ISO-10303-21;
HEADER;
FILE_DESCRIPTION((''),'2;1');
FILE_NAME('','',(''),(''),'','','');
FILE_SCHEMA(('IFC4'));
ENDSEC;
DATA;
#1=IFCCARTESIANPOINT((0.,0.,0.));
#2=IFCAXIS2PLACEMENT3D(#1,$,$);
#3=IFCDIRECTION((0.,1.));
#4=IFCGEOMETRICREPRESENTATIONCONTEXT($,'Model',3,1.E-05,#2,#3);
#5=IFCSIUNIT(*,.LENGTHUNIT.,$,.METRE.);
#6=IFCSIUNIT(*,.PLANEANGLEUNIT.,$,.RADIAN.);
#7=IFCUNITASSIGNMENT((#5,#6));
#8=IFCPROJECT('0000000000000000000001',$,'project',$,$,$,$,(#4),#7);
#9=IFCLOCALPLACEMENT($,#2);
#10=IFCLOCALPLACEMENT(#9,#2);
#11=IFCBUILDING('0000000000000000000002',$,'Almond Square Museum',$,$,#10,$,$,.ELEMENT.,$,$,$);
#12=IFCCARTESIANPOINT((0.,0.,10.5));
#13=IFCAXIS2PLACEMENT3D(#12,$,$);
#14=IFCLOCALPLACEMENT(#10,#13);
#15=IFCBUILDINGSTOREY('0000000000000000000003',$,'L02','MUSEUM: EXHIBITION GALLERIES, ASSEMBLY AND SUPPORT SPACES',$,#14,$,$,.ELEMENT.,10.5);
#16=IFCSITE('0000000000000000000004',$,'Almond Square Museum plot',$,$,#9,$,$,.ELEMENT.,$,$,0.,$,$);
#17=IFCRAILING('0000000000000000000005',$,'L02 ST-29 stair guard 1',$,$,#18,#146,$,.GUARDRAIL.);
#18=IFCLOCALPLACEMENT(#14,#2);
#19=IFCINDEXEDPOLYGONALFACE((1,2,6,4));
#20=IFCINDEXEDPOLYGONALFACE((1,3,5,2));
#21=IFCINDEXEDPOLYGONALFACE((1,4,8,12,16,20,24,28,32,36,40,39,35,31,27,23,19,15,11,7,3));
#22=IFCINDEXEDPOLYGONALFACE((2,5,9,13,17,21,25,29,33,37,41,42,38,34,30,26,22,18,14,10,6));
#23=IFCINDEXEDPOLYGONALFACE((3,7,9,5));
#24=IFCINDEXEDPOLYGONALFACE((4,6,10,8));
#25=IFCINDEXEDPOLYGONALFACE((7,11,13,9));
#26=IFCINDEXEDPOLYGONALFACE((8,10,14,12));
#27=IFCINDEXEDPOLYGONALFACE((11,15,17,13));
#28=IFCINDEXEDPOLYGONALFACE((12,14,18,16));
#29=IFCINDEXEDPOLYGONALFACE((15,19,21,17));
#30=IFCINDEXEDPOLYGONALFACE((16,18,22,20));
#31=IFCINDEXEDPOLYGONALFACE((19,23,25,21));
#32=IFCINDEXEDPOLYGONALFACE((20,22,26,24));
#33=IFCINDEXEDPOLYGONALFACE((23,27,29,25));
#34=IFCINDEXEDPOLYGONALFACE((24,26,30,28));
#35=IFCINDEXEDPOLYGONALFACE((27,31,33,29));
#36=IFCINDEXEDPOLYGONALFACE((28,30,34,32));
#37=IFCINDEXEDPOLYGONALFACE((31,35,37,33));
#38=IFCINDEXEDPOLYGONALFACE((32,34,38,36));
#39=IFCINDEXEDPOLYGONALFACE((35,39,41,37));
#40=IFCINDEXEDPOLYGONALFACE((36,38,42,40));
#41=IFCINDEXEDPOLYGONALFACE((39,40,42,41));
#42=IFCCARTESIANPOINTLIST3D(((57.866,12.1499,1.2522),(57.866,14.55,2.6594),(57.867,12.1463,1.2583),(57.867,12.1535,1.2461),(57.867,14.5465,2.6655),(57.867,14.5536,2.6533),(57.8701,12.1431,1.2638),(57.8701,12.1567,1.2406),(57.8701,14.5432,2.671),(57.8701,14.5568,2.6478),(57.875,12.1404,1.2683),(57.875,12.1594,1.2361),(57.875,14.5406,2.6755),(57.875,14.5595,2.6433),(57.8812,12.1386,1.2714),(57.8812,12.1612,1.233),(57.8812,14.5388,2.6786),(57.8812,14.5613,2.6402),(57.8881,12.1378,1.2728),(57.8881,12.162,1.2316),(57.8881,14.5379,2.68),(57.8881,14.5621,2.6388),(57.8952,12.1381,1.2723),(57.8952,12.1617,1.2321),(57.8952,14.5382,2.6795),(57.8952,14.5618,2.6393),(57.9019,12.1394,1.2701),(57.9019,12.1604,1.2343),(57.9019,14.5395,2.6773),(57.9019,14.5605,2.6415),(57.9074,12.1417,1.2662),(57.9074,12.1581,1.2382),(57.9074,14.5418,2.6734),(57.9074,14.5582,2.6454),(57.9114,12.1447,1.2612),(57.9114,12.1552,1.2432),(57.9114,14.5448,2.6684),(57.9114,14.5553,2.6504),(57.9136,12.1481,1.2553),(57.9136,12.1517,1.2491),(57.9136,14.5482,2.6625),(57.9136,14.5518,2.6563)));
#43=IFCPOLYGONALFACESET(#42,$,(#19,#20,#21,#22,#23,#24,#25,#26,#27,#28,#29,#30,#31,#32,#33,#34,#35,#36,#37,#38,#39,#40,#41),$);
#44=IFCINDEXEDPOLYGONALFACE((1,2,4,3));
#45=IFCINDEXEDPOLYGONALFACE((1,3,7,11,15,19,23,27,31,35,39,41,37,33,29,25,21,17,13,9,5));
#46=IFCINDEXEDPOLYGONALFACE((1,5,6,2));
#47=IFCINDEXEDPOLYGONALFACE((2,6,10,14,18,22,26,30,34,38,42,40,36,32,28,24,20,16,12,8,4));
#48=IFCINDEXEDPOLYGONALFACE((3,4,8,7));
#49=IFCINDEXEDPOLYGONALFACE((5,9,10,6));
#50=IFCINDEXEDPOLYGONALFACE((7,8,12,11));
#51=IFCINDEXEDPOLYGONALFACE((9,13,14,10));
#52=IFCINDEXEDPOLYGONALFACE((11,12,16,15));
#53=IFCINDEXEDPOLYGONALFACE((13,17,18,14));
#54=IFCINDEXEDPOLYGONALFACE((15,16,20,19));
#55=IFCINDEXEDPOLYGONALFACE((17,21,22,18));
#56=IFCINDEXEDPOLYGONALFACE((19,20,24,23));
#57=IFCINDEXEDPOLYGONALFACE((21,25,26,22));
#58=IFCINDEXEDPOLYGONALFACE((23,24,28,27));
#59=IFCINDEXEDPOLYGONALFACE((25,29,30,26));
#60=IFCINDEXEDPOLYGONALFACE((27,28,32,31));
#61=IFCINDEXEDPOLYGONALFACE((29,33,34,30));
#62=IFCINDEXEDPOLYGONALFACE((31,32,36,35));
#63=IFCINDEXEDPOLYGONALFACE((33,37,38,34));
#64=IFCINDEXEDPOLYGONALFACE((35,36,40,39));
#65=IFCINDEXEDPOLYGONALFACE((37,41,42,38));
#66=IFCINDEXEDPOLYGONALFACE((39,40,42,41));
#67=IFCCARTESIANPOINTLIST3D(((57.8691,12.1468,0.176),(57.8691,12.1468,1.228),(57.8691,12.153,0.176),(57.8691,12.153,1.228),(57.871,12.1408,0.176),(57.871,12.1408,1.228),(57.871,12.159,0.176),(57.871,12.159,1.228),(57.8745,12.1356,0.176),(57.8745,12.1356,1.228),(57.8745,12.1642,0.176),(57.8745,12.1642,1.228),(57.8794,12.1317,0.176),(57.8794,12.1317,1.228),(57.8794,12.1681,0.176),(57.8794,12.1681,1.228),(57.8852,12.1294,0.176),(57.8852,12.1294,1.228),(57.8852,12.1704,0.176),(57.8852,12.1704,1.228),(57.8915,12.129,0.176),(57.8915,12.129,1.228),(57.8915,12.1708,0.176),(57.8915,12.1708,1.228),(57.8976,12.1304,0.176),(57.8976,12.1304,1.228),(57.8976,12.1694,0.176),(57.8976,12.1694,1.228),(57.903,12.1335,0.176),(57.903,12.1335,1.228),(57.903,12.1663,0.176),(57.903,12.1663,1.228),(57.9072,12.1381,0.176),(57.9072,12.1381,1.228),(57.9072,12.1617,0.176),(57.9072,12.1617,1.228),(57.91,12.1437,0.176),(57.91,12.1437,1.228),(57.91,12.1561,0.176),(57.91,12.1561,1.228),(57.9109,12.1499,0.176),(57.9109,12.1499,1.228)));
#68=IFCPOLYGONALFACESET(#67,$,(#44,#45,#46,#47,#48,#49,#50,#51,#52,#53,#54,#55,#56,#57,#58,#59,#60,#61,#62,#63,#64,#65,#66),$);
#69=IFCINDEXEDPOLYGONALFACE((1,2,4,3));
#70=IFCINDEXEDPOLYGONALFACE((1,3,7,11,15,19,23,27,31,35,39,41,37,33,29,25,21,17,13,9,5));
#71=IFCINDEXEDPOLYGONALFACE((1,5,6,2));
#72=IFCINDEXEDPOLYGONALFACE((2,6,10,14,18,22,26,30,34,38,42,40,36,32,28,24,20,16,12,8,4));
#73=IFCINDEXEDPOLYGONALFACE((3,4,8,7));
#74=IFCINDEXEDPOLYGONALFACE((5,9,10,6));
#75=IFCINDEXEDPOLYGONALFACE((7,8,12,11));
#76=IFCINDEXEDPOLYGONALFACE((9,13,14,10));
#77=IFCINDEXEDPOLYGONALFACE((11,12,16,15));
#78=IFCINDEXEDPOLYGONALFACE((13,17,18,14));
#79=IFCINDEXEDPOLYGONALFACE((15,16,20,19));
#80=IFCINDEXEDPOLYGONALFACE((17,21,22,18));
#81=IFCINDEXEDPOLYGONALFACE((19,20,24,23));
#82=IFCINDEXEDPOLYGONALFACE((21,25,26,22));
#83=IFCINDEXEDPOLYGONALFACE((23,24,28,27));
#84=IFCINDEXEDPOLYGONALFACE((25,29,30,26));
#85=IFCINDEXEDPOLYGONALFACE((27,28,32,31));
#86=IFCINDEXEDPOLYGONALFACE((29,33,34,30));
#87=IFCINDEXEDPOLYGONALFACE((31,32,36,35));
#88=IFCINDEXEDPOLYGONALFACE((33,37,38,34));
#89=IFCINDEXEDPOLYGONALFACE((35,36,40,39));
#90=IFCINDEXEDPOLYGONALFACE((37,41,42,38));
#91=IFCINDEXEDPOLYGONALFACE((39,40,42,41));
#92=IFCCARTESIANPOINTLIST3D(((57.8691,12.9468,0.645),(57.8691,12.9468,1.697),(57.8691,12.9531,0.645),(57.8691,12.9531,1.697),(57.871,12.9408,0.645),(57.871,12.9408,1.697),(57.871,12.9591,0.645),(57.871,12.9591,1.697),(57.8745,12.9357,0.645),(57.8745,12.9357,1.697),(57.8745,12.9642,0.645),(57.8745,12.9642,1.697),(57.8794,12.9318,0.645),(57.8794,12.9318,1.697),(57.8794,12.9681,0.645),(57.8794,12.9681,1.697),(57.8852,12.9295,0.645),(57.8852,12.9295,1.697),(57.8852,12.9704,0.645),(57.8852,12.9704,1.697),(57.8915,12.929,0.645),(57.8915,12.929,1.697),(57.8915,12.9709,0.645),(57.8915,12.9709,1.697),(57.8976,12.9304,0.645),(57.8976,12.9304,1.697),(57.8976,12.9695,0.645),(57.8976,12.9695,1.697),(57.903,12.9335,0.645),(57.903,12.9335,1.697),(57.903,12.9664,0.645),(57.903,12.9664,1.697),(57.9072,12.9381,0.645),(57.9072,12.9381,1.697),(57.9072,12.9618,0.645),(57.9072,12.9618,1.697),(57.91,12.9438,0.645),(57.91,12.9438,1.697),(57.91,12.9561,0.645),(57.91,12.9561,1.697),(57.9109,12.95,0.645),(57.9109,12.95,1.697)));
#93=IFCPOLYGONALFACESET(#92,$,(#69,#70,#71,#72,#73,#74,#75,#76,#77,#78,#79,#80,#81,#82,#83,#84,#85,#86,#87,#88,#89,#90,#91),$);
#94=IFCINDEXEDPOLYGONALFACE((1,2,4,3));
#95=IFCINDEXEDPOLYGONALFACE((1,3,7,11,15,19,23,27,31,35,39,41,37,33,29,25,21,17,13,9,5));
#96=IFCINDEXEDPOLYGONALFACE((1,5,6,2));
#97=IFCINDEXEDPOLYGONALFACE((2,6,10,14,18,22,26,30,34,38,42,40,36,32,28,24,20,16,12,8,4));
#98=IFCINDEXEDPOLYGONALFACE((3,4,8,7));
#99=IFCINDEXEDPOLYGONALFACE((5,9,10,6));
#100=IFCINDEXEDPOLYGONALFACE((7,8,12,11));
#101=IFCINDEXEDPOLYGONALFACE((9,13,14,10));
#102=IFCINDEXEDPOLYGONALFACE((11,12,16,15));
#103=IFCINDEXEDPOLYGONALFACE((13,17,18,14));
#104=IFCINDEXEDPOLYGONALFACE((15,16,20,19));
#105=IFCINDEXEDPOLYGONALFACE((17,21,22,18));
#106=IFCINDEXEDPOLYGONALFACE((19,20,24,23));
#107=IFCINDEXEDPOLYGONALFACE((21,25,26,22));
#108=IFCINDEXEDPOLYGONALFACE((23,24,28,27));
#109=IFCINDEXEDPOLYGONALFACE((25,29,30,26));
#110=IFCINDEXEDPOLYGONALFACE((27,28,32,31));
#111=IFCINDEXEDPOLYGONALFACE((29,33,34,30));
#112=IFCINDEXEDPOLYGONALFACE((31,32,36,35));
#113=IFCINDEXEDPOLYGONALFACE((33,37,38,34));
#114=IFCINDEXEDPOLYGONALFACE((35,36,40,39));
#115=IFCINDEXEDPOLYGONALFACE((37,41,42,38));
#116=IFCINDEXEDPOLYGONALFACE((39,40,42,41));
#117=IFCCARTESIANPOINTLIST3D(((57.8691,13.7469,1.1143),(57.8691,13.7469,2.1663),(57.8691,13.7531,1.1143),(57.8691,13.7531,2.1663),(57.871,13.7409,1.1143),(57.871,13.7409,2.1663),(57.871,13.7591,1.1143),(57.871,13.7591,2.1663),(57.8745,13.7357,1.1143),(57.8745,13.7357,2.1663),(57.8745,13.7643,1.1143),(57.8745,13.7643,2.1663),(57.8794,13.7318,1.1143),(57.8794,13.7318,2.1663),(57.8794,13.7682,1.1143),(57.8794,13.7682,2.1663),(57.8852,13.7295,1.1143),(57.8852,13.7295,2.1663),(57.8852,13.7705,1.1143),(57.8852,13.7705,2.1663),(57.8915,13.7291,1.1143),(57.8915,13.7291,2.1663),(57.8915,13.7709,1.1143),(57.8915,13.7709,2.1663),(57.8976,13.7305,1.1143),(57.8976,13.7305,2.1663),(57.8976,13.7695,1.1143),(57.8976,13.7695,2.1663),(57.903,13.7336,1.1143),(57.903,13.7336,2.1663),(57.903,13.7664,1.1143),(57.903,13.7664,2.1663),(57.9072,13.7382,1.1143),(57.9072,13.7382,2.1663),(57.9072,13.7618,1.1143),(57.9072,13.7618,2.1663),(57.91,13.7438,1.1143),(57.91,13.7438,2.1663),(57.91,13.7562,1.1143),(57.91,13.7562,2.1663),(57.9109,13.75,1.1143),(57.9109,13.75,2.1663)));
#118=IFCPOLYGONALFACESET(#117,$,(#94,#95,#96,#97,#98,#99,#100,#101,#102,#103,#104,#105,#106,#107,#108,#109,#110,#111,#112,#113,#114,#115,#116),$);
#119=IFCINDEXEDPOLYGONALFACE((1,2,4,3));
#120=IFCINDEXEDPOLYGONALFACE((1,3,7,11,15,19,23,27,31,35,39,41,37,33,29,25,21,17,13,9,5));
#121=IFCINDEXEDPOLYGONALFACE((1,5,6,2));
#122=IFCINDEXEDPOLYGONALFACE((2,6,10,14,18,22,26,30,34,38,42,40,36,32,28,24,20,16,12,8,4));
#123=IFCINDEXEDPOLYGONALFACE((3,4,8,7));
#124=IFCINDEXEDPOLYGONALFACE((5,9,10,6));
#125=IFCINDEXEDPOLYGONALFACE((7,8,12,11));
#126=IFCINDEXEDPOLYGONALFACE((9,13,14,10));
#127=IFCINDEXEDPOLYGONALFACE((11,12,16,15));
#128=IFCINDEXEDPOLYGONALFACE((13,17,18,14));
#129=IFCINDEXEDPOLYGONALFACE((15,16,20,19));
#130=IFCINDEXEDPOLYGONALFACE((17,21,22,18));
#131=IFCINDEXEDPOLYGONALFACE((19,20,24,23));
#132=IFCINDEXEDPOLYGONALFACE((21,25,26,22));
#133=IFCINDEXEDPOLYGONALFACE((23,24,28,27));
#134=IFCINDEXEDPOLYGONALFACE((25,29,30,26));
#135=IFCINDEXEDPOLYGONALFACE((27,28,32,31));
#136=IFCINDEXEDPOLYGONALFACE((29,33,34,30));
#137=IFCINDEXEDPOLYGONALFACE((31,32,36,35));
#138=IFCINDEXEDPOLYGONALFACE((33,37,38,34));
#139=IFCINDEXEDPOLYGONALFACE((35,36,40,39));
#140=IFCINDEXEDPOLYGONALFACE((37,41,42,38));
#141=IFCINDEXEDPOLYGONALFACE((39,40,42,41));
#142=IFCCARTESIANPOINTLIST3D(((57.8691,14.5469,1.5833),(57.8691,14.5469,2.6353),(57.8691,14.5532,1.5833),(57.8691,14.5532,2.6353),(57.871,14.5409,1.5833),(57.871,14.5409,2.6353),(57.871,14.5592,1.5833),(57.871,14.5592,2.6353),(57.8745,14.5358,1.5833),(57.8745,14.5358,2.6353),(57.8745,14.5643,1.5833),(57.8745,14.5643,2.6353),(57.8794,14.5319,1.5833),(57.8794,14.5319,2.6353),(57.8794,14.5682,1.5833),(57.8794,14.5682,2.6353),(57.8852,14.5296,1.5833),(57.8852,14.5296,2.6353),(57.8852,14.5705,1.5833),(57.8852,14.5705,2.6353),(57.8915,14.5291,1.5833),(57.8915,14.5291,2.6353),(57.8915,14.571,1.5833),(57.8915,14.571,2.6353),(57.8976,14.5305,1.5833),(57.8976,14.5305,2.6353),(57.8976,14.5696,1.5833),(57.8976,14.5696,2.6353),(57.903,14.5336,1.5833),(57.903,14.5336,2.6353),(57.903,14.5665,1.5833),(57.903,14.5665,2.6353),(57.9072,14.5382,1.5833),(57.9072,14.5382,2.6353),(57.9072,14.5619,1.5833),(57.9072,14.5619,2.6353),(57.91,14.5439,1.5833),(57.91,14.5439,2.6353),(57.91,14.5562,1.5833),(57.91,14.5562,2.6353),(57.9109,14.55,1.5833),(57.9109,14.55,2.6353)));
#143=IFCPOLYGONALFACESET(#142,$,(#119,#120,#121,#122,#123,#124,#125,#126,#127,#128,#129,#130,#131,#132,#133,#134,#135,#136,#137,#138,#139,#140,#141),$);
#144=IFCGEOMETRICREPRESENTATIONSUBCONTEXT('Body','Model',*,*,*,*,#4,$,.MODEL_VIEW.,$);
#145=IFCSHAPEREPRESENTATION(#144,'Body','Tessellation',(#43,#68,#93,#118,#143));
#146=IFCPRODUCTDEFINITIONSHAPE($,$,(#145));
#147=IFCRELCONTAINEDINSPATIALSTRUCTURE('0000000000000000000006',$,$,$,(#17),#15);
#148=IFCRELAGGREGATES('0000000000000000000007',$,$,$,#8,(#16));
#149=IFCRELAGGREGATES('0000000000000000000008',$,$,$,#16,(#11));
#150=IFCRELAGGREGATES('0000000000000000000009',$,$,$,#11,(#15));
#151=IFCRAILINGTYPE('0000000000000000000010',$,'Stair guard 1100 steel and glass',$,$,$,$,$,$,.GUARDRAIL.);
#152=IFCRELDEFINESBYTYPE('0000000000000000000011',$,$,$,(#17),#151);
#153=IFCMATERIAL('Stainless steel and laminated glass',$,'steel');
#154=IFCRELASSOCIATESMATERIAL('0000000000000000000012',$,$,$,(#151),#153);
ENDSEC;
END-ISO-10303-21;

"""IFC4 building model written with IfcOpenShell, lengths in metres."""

from ifc_helpers import new_model, si_unit, direction, frame, origin, origin_2d, place, context, subcontext, project, spatial, circle, extrude, material, type_object, element, save


model = new_model("IFC4")

# Units and contexts
model_context = context("Model", 3, precision=1e-05, world=origin(), true_north=direction((0.0, 1.0)))
body_context = subcontext(model_context, "Body", "Model", "MODEL_VIEW")
ifc_project = project(units=[si_unit("LENGTHUNIT", "METRE"), si_unit("PLANEANGLEUNIT", "RADIAN")], contexts=[model_context])

# Site, building, storey
site_placement = place(None, origin())
site = spatial("IfcSite", under=ifc_project, at=site_placement, Name="Almond Square Museum plot", CompositionType="ELEMENT", RefElevation=0.0)
building_placement = place(site_placement, origin())
building = spatial("IfcBuilding", under=site, at=building_placement, Name="Almond Square Museum", CompositionType="ELEMENT")
storey_placement = place(building_placement, frame((0.0, 0.0, 10.5)))
storey = spatial("IfcBuildingStorey", under=building, at=storey_placement, Name="L02", Description="MUSEUM: EXHIBITION GALLERIES, ASSEMBLY AND SUPPORT SPACES", CompositionType="ELEMENT", Elevation=10.5)

# Railing
ifc_material_1 = material(Name="Stainless steel and laminated glass", Category="steel")
railing_type_1 = type_object("IfcRailingType", Name="Stair guard 1100 steel and glass", PredefinedType="GUARDRAIL", material=ifc_material_1)
railing_1_placement = place(storey_placement, frame((57.8899, 12.1499, 0.176)))
element("IfcRailing", 1, at=railing_1_placement, inside=storey, type_object=railing_type_1, Name="L02 ST-29 stair guard 1", PredefinedType="GUARDRAIL", context=body_context, shape_type="SweptSolid", body=[
    extrude(circle(Radius=0.0239, at=origin_2d()), frame((0.0, 0.0, 1.0762), z_axis=(0.0, 0.86266, 0.505785), x_axis=(-1.0, 0.0, 0.0)), (0.0, 0.0, 1.0), 2.7822),
    extrude(circle(Radius=0.021, at=origin_2d()), origin(), (0.0, 0.0, 1.0), 1.052),
    extrude(circle(Radius=0.021, at=origin_2d()), frame((0.0, 0.8, 0.469)), (0.0, 0.0, 1.0), 1.052),
    extrude(circle(Radius=0.021, at=origin_2d()), frame((0.0, 1.6001, 0.9382)), (0.0, 0.0, 1.0), 1.052),
    extrude(circle(Radius=0.021, at=origin_2d()), frame((0.0, 2.4001, 1.4072)), (0.0, 0.0, 1.0), 1.052),
])

save(model, "model.ifc")
